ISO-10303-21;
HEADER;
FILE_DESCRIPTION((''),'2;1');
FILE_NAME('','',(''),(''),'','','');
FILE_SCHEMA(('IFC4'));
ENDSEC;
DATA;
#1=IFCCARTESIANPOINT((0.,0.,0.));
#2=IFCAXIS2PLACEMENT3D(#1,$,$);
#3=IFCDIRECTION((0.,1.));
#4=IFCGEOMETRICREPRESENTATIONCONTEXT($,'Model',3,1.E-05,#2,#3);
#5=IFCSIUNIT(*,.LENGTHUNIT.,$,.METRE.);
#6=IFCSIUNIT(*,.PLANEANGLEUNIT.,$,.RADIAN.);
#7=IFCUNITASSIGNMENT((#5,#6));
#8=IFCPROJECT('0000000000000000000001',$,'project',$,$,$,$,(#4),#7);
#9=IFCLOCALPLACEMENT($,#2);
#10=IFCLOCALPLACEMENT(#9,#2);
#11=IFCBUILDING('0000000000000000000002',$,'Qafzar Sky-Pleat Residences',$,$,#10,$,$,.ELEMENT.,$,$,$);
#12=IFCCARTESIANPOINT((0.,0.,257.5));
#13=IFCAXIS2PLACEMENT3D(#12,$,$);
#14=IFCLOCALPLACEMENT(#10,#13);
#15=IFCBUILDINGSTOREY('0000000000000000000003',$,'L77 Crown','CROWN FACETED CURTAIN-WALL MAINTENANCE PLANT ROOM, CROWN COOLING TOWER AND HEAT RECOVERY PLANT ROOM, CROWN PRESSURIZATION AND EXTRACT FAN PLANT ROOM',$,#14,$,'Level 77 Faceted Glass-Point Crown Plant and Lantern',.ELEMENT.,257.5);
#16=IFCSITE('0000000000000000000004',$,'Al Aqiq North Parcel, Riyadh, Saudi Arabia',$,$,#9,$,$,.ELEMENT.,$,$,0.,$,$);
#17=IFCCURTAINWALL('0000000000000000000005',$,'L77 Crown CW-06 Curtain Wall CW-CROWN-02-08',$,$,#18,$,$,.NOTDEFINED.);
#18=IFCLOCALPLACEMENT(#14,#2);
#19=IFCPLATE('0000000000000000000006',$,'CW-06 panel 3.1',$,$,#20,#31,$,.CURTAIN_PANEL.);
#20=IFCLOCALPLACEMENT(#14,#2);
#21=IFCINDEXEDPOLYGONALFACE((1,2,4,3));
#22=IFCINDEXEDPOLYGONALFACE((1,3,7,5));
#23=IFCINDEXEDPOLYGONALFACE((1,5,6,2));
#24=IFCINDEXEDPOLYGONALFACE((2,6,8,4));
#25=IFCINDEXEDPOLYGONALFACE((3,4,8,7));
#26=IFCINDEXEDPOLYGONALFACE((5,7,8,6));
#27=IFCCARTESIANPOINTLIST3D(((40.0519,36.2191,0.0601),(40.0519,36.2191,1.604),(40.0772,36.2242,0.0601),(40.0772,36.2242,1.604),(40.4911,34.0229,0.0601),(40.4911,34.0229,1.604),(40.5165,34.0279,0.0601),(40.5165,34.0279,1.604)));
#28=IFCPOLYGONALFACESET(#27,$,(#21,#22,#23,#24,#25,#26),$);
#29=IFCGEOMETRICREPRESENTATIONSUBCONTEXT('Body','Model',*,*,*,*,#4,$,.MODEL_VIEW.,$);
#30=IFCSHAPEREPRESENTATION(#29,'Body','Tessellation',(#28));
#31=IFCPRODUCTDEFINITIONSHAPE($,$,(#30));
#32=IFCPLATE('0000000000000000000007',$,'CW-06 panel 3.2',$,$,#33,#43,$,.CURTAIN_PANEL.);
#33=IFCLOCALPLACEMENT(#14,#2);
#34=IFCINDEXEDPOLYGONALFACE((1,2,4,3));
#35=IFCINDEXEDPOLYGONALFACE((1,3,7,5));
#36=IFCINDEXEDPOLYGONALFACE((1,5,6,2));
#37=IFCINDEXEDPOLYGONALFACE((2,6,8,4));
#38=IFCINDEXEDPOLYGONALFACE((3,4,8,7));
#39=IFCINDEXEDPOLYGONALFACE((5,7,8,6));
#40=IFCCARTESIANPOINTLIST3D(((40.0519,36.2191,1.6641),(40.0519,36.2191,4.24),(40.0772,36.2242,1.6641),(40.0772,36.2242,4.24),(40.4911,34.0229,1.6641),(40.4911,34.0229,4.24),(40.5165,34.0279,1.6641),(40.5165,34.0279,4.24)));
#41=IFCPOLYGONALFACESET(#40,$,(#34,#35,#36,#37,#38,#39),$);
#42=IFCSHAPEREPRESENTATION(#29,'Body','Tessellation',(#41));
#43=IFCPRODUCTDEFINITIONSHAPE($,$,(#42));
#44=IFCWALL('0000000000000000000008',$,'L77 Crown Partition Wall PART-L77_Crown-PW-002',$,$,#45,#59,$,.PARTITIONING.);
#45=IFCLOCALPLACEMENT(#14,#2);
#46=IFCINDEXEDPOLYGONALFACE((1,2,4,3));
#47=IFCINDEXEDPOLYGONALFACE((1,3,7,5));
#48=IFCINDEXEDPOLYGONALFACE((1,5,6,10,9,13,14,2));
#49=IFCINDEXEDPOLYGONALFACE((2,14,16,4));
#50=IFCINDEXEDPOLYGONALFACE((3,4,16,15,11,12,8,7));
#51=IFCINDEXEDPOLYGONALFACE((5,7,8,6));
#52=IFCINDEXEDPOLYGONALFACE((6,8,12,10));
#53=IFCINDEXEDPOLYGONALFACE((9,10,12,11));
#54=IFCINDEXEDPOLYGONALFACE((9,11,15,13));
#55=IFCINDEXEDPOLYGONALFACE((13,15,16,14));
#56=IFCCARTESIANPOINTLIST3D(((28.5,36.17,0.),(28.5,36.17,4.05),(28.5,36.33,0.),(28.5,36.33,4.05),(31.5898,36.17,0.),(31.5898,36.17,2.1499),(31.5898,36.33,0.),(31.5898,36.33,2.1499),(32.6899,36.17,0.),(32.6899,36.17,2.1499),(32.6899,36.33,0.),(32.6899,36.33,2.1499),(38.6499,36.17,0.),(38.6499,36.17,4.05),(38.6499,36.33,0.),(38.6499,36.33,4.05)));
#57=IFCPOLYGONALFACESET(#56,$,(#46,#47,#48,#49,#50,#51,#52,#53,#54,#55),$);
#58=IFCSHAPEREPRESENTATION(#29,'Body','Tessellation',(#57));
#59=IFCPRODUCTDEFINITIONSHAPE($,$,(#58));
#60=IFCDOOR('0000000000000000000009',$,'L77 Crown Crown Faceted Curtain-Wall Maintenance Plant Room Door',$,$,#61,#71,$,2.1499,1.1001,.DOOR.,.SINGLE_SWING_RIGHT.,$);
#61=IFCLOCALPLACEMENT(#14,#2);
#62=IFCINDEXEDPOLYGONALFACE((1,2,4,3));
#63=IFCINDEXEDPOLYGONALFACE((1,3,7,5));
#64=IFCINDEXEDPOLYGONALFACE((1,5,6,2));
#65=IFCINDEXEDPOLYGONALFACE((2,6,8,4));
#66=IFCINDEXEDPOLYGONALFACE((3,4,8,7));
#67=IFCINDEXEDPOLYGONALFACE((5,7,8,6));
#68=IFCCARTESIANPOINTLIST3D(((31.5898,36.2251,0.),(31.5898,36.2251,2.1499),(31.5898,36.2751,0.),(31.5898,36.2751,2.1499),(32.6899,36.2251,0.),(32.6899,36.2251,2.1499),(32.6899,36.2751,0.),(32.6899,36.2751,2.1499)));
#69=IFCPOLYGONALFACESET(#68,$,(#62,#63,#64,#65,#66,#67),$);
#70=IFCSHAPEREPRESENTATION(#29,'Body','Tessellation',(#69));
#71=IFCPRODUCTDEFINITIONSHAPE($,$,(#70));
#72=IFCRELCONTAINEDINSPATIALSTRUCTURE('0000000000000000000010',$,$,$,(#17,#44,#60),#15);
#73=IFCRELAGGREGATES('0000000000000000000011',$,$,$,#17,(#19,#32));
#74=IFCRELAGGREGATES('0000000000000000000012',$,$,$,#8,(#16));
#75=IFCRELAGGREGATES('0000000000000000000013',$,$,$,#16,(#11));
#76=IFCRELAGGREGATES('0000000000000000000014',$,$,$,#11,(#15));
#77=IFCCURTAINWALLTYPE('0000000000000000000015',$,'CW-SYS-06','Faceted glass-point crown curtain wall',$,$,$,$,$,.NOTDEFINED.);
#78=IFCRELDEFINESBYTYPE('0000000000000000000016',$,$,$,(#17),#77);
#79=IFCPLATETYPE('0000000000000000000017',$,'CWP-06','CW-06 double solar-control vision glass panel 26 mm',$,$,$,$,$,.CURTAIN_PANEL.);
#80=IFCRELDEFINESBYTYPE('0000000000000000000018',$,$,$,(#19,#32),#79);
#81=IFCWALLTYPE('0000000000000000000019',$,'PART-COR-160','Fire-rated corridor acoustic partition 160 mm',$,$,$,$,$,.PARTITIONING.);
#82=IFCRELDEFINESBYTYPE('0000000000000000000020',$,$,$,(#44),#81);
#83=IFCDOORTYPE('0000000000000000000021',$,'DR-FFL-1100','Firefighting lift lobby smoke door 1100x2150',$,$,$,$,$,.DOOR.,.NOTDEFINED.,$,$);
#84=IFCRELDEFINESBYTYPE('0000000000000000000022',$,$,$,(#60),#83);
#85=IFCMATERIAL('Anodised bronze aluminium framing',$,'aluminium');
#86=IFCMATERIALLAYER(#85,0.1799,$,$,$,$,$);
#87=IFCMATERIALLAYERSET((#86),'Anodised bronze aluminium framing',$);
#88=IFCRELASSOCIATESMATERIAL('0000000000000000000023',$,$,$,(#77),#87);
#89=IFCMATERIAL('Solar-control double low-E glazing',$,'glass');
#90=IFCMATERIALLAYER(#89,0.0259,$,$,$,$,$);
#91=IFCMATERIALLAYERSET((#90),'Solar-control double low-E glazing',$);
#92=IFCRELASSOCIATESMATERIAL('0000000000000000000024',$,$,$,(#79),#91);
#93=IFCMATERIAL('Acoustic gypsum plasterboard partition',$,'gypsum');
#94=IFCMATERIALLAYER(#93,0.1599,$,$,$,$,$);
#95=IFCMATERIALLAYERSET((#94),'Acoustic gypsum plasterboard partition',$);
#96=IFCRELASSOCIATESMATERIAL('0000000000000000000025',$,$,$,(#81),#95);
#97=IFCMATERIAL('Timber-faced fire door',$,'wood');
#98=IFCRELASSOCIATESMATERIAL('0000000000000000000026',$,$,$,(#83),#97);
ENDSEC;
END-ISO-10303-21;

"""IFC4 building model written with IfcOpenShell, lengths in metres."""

from ifc_helpers import new_model, si_unit, direction, frame, frame_2d, origin, origin_2d, place, context, subcontext, project, spatial, rectangle, extrude, source, transform, mapped, material, layer, layer_set, type_object, element, fill, aggregate, save


model = new_model("IFC4")

# Units and contexts
model_context = context("Model", 3, precision=1e-05, world=origin(), true_north=direction((0.0, 1.0)))
body_context = subcontext(model_context, "Body", "Model", "MODEL_VIEW")
ifc_project = project(units=[si_unit("LENGTHUNIT", "METRE"), si_unit("PLANEANGLEUNIT", "RADIAN")], contexts=[model_context])

# Site, building, storey
site_placement = place(None, origin())
site = spatial("IfcSite", under=ifc_project, at=site_placement, Name="Al Aqiq North Parcel, Riyadh, Saudi Arabia", CompositionType="ELEMENT", RefElevation=0.0)
building_placement = place(site_placement, origin())
building = spatial("IfcBuilding", under=site, at=building_placement, Name="Qafzar Sky-Pleat Residences", CompositionType="ELEMENT")
storey_placement = place(building_placement, frame((0.0, 0.0, 257.5)))
storey = spatial("IfcBuildingStorey", under=building, at=storey_placement, Name="L77 Crown", Description="CROWN FACETED CURTAIN-WALL MAINTENANCE PLANT ROOM, CROWN COOLING TOWER AND HEAT RECOVERY PLANT ROOM, CROWN PRESSURIZATION AND EXTRACT FAN PLANT ROOM", LongName="Level 77 Faceted Glass-Point Crown Plant and Lantern", CompositionType="ELEMENT", Elevation=257.5)

# Curtain wall
ifc_material_1 = material(Name="Anodised bronze aluminium framing", Category="aluminium")
ifc_layer_1 = layer(ifc_material_1, 0.1799)
ifc_layer_set_1 = layer_set([ifc_layer_1], Name="Anodised bronze aluminium framing")
curtain_wall_type = type_object("IfcCurtainWallType", Name="CW-SYS-06", Description="Faceted glass-point crown curtain wall", PredefinedType="NOTDEFINED", material=ifc_layer_set_1)
curtain_wall_1_placement = place(storey_placement, origin())
curtain_wall_1 = element("IfcCurtainWall", 1, at=curtain_wall_1_placement, inside=storey, type_object=curtain_wall_type, Name="L77 Crown CW-06 Curtain Wall CW-CROWN-02-08", PredefinedType="NOTDEFINED")

# Shared definitions
ifc_material_2 = material(Name="Solar-control double low-E glazing", Category="glass")
ifc_layer_2 = layer(ifc_material_2, 0.0259)
ifc_layer_set_2 = layer_set([ifc_layer_2], Name="Solar-control double low-E glazing")
plate_type = type_object("IfcPlateType", Name="CWP-06", Description="CW-06 double solar-control vision glass panel 26 mm", PredefinedType="CURTAIN_PANEL", material=ifc_layer_set_2)

# Plates
shared_shape_1 = source(origin(), body_context, "Body", "SweptSolid", [
    extrude(rectangle(XDim=2.2397, YDim=0.0259, at=origin_2d()), origin(), (0.0, 0.0, 1.0), 1.5439),
])
plate_1_placement = place(storey_placement, frame((40.2842, 35.1235, 0.0601), z_axis=(0.0, 0.0, 1.0), x_axis=(-0.196127, 0.980578, 0.0)))
plate_1 = element("IfcPlate", 2, at=plate_1_placement, type_object=plate_type, Name="CW-06 panel 3.1", PredefinedType="CURTAIN_PANEL", context=body_context, shape_type="MappedRepresentation", body=[
    mapped(shared_shape_1, transform((0.0, 0.0, 0.0), x_axis=(1.0, 0.0, 0.0), y_axis=(0.0, 1.0, 0.0), z_axis=(0.0, 0.0, 1.0), scale=1.0)),
])
shared_shape_2 = source(origin(), body_context, "Body", "SweptSolid", [
    extrude(rectangle(XDim=2.2397, YDim=0.0259, at=origin_2d()), origin(), (0.0, 0.0, 1.0), 2.5759),
])
plate_2_placement = place(storey_placement, frame((40.2842, 35.1235, 1.6641), z_axis=(0.0, 0.0, 1.0), x_axis=(-0.196127, 0.980578, 0.0)))
plate_2 = element("IfcPlate", 3, at=plate_2_placement, type_object=plate_type, Name="CW-06 panel 3.2", PredefinedType="CURTAIN_PANEL", context=body_context, shape_type="MappedRepresentation", body=[
    mapped(shared_shape_2, transform((0.0, 0.0, 0.0), x_axis=(1.0, 0.0, 0.0), y_axis=(0.0, 1.0, 0.0), z_axis=(0.0, 0.0, 1.0), scale=1.0)),
])
aggregate(curtain_wall_1, [plate_1, plate_2])

# Wall, opening, door
ifc_material_3 = material(Name="Acoustic gypsum plasterboard partition", Category="gypsum")
ifc_layer_3 = layer(ifc_material_3, 0.1599)
ifc_layer_set_3 = layer_set([ifc_layer_3], Name="Acoustic gypsum plasterboard partition")
wall_type = type_object("IfcWallType", Name="PART-COR-160", Description="Fire-rated corridor acoustic partition 160 mm", PredefinedType="PARTITIONING", material=ifc_layer_set_3)
wall_placement = place(storey_placement, frame((38.6499, 36.25, 0.0), z_axis=(0.0, 0.0, 1.0), x_axis=(-1.0, 0.0, 0.0)))
wall = element("IfcWall", 4, at=wall_placement, inside=storey, type_object=wall_type, Name="L77 Crown Partition Wall PART-L77_Crown-PW-002", PredefinedType="PARTITIONING", context=body_context, shape_type="SweptSolid", body=[
    extrude(rectangle(XDim=10.1499, YDim=0.1599, at=frame_2d((5.075, 0.0))), origin(), (0.0, 0.0, 1.0), 4.05),
])
opening_placement = place(wall_placement, frame((5.96, 0.0, 0.0)))
opening = element("IfcOpeningElement", 5, at=opening_placement, cuts=wall, PredefinedType="OPENING", context=body_context, shape_type="SweptSolid", body=[
    extrude(rectangle(XDim=1.1001, YDim=2.1499, at=frame_2d((0.55, 1.075))), frame((0.0, 0.0898, 0.0), z_axis=(0.0, -1.0, 0.0), x_axis=(1.0, 0.0, 0.0)), (0.0, 0.0, 1.0), 0.1799),
])
ifc_material_4 = material(Name="Timber-faced fire door", Category="wood")
door_type = type_object("IfcDoorType", Name="DR-FFL-1100", Description="Firefighting lift lobby smoke door 1100x2150", OperationType="NOTDEFINED", PredefinedType="DOOR", material=ifc_material_4)
shared_shape_3 = source(origin(), body_context, "Body", "SweptSolid", [
    extrude(rectangle(XDim=1.1001, YDim=2.1499, at=frame_2d((0.55, 1.075))), frame((0.0, 0.0249, 0.0), z_axis=(0.0, -1.0, 0.0), x_axis=(1.0, 0.0, 0.0)), (0.0, 0.0, 1.0), 0.05),
])
door_placement = place(opening_placement, origin())
door = element("IfcDoor", 6, at=door_placement, inside=storey, type_object=door_type, Name="L77 Crown Crown Faceted Curtain-Wall Maintenance Plant Room Door", OperationType="SINGLE_SWING_RIGHT", OverallHeight=2.1499, OverallWidth=1.1001, PredefinedType="DOOR", context=body_context, shape_type="MappedRepresentation", body=[
    mapped(shared_shape_3, transform((0.0, 0.0, 0.0), x_axis=(1.0, 0.0, 0.0), y_axis=(0.0, 1.0, 0.0), z_axis=(0.0, 0.0, 1.0), scale=1.0)),
])
fill(opening, door)

save(model, "model.ifc")
